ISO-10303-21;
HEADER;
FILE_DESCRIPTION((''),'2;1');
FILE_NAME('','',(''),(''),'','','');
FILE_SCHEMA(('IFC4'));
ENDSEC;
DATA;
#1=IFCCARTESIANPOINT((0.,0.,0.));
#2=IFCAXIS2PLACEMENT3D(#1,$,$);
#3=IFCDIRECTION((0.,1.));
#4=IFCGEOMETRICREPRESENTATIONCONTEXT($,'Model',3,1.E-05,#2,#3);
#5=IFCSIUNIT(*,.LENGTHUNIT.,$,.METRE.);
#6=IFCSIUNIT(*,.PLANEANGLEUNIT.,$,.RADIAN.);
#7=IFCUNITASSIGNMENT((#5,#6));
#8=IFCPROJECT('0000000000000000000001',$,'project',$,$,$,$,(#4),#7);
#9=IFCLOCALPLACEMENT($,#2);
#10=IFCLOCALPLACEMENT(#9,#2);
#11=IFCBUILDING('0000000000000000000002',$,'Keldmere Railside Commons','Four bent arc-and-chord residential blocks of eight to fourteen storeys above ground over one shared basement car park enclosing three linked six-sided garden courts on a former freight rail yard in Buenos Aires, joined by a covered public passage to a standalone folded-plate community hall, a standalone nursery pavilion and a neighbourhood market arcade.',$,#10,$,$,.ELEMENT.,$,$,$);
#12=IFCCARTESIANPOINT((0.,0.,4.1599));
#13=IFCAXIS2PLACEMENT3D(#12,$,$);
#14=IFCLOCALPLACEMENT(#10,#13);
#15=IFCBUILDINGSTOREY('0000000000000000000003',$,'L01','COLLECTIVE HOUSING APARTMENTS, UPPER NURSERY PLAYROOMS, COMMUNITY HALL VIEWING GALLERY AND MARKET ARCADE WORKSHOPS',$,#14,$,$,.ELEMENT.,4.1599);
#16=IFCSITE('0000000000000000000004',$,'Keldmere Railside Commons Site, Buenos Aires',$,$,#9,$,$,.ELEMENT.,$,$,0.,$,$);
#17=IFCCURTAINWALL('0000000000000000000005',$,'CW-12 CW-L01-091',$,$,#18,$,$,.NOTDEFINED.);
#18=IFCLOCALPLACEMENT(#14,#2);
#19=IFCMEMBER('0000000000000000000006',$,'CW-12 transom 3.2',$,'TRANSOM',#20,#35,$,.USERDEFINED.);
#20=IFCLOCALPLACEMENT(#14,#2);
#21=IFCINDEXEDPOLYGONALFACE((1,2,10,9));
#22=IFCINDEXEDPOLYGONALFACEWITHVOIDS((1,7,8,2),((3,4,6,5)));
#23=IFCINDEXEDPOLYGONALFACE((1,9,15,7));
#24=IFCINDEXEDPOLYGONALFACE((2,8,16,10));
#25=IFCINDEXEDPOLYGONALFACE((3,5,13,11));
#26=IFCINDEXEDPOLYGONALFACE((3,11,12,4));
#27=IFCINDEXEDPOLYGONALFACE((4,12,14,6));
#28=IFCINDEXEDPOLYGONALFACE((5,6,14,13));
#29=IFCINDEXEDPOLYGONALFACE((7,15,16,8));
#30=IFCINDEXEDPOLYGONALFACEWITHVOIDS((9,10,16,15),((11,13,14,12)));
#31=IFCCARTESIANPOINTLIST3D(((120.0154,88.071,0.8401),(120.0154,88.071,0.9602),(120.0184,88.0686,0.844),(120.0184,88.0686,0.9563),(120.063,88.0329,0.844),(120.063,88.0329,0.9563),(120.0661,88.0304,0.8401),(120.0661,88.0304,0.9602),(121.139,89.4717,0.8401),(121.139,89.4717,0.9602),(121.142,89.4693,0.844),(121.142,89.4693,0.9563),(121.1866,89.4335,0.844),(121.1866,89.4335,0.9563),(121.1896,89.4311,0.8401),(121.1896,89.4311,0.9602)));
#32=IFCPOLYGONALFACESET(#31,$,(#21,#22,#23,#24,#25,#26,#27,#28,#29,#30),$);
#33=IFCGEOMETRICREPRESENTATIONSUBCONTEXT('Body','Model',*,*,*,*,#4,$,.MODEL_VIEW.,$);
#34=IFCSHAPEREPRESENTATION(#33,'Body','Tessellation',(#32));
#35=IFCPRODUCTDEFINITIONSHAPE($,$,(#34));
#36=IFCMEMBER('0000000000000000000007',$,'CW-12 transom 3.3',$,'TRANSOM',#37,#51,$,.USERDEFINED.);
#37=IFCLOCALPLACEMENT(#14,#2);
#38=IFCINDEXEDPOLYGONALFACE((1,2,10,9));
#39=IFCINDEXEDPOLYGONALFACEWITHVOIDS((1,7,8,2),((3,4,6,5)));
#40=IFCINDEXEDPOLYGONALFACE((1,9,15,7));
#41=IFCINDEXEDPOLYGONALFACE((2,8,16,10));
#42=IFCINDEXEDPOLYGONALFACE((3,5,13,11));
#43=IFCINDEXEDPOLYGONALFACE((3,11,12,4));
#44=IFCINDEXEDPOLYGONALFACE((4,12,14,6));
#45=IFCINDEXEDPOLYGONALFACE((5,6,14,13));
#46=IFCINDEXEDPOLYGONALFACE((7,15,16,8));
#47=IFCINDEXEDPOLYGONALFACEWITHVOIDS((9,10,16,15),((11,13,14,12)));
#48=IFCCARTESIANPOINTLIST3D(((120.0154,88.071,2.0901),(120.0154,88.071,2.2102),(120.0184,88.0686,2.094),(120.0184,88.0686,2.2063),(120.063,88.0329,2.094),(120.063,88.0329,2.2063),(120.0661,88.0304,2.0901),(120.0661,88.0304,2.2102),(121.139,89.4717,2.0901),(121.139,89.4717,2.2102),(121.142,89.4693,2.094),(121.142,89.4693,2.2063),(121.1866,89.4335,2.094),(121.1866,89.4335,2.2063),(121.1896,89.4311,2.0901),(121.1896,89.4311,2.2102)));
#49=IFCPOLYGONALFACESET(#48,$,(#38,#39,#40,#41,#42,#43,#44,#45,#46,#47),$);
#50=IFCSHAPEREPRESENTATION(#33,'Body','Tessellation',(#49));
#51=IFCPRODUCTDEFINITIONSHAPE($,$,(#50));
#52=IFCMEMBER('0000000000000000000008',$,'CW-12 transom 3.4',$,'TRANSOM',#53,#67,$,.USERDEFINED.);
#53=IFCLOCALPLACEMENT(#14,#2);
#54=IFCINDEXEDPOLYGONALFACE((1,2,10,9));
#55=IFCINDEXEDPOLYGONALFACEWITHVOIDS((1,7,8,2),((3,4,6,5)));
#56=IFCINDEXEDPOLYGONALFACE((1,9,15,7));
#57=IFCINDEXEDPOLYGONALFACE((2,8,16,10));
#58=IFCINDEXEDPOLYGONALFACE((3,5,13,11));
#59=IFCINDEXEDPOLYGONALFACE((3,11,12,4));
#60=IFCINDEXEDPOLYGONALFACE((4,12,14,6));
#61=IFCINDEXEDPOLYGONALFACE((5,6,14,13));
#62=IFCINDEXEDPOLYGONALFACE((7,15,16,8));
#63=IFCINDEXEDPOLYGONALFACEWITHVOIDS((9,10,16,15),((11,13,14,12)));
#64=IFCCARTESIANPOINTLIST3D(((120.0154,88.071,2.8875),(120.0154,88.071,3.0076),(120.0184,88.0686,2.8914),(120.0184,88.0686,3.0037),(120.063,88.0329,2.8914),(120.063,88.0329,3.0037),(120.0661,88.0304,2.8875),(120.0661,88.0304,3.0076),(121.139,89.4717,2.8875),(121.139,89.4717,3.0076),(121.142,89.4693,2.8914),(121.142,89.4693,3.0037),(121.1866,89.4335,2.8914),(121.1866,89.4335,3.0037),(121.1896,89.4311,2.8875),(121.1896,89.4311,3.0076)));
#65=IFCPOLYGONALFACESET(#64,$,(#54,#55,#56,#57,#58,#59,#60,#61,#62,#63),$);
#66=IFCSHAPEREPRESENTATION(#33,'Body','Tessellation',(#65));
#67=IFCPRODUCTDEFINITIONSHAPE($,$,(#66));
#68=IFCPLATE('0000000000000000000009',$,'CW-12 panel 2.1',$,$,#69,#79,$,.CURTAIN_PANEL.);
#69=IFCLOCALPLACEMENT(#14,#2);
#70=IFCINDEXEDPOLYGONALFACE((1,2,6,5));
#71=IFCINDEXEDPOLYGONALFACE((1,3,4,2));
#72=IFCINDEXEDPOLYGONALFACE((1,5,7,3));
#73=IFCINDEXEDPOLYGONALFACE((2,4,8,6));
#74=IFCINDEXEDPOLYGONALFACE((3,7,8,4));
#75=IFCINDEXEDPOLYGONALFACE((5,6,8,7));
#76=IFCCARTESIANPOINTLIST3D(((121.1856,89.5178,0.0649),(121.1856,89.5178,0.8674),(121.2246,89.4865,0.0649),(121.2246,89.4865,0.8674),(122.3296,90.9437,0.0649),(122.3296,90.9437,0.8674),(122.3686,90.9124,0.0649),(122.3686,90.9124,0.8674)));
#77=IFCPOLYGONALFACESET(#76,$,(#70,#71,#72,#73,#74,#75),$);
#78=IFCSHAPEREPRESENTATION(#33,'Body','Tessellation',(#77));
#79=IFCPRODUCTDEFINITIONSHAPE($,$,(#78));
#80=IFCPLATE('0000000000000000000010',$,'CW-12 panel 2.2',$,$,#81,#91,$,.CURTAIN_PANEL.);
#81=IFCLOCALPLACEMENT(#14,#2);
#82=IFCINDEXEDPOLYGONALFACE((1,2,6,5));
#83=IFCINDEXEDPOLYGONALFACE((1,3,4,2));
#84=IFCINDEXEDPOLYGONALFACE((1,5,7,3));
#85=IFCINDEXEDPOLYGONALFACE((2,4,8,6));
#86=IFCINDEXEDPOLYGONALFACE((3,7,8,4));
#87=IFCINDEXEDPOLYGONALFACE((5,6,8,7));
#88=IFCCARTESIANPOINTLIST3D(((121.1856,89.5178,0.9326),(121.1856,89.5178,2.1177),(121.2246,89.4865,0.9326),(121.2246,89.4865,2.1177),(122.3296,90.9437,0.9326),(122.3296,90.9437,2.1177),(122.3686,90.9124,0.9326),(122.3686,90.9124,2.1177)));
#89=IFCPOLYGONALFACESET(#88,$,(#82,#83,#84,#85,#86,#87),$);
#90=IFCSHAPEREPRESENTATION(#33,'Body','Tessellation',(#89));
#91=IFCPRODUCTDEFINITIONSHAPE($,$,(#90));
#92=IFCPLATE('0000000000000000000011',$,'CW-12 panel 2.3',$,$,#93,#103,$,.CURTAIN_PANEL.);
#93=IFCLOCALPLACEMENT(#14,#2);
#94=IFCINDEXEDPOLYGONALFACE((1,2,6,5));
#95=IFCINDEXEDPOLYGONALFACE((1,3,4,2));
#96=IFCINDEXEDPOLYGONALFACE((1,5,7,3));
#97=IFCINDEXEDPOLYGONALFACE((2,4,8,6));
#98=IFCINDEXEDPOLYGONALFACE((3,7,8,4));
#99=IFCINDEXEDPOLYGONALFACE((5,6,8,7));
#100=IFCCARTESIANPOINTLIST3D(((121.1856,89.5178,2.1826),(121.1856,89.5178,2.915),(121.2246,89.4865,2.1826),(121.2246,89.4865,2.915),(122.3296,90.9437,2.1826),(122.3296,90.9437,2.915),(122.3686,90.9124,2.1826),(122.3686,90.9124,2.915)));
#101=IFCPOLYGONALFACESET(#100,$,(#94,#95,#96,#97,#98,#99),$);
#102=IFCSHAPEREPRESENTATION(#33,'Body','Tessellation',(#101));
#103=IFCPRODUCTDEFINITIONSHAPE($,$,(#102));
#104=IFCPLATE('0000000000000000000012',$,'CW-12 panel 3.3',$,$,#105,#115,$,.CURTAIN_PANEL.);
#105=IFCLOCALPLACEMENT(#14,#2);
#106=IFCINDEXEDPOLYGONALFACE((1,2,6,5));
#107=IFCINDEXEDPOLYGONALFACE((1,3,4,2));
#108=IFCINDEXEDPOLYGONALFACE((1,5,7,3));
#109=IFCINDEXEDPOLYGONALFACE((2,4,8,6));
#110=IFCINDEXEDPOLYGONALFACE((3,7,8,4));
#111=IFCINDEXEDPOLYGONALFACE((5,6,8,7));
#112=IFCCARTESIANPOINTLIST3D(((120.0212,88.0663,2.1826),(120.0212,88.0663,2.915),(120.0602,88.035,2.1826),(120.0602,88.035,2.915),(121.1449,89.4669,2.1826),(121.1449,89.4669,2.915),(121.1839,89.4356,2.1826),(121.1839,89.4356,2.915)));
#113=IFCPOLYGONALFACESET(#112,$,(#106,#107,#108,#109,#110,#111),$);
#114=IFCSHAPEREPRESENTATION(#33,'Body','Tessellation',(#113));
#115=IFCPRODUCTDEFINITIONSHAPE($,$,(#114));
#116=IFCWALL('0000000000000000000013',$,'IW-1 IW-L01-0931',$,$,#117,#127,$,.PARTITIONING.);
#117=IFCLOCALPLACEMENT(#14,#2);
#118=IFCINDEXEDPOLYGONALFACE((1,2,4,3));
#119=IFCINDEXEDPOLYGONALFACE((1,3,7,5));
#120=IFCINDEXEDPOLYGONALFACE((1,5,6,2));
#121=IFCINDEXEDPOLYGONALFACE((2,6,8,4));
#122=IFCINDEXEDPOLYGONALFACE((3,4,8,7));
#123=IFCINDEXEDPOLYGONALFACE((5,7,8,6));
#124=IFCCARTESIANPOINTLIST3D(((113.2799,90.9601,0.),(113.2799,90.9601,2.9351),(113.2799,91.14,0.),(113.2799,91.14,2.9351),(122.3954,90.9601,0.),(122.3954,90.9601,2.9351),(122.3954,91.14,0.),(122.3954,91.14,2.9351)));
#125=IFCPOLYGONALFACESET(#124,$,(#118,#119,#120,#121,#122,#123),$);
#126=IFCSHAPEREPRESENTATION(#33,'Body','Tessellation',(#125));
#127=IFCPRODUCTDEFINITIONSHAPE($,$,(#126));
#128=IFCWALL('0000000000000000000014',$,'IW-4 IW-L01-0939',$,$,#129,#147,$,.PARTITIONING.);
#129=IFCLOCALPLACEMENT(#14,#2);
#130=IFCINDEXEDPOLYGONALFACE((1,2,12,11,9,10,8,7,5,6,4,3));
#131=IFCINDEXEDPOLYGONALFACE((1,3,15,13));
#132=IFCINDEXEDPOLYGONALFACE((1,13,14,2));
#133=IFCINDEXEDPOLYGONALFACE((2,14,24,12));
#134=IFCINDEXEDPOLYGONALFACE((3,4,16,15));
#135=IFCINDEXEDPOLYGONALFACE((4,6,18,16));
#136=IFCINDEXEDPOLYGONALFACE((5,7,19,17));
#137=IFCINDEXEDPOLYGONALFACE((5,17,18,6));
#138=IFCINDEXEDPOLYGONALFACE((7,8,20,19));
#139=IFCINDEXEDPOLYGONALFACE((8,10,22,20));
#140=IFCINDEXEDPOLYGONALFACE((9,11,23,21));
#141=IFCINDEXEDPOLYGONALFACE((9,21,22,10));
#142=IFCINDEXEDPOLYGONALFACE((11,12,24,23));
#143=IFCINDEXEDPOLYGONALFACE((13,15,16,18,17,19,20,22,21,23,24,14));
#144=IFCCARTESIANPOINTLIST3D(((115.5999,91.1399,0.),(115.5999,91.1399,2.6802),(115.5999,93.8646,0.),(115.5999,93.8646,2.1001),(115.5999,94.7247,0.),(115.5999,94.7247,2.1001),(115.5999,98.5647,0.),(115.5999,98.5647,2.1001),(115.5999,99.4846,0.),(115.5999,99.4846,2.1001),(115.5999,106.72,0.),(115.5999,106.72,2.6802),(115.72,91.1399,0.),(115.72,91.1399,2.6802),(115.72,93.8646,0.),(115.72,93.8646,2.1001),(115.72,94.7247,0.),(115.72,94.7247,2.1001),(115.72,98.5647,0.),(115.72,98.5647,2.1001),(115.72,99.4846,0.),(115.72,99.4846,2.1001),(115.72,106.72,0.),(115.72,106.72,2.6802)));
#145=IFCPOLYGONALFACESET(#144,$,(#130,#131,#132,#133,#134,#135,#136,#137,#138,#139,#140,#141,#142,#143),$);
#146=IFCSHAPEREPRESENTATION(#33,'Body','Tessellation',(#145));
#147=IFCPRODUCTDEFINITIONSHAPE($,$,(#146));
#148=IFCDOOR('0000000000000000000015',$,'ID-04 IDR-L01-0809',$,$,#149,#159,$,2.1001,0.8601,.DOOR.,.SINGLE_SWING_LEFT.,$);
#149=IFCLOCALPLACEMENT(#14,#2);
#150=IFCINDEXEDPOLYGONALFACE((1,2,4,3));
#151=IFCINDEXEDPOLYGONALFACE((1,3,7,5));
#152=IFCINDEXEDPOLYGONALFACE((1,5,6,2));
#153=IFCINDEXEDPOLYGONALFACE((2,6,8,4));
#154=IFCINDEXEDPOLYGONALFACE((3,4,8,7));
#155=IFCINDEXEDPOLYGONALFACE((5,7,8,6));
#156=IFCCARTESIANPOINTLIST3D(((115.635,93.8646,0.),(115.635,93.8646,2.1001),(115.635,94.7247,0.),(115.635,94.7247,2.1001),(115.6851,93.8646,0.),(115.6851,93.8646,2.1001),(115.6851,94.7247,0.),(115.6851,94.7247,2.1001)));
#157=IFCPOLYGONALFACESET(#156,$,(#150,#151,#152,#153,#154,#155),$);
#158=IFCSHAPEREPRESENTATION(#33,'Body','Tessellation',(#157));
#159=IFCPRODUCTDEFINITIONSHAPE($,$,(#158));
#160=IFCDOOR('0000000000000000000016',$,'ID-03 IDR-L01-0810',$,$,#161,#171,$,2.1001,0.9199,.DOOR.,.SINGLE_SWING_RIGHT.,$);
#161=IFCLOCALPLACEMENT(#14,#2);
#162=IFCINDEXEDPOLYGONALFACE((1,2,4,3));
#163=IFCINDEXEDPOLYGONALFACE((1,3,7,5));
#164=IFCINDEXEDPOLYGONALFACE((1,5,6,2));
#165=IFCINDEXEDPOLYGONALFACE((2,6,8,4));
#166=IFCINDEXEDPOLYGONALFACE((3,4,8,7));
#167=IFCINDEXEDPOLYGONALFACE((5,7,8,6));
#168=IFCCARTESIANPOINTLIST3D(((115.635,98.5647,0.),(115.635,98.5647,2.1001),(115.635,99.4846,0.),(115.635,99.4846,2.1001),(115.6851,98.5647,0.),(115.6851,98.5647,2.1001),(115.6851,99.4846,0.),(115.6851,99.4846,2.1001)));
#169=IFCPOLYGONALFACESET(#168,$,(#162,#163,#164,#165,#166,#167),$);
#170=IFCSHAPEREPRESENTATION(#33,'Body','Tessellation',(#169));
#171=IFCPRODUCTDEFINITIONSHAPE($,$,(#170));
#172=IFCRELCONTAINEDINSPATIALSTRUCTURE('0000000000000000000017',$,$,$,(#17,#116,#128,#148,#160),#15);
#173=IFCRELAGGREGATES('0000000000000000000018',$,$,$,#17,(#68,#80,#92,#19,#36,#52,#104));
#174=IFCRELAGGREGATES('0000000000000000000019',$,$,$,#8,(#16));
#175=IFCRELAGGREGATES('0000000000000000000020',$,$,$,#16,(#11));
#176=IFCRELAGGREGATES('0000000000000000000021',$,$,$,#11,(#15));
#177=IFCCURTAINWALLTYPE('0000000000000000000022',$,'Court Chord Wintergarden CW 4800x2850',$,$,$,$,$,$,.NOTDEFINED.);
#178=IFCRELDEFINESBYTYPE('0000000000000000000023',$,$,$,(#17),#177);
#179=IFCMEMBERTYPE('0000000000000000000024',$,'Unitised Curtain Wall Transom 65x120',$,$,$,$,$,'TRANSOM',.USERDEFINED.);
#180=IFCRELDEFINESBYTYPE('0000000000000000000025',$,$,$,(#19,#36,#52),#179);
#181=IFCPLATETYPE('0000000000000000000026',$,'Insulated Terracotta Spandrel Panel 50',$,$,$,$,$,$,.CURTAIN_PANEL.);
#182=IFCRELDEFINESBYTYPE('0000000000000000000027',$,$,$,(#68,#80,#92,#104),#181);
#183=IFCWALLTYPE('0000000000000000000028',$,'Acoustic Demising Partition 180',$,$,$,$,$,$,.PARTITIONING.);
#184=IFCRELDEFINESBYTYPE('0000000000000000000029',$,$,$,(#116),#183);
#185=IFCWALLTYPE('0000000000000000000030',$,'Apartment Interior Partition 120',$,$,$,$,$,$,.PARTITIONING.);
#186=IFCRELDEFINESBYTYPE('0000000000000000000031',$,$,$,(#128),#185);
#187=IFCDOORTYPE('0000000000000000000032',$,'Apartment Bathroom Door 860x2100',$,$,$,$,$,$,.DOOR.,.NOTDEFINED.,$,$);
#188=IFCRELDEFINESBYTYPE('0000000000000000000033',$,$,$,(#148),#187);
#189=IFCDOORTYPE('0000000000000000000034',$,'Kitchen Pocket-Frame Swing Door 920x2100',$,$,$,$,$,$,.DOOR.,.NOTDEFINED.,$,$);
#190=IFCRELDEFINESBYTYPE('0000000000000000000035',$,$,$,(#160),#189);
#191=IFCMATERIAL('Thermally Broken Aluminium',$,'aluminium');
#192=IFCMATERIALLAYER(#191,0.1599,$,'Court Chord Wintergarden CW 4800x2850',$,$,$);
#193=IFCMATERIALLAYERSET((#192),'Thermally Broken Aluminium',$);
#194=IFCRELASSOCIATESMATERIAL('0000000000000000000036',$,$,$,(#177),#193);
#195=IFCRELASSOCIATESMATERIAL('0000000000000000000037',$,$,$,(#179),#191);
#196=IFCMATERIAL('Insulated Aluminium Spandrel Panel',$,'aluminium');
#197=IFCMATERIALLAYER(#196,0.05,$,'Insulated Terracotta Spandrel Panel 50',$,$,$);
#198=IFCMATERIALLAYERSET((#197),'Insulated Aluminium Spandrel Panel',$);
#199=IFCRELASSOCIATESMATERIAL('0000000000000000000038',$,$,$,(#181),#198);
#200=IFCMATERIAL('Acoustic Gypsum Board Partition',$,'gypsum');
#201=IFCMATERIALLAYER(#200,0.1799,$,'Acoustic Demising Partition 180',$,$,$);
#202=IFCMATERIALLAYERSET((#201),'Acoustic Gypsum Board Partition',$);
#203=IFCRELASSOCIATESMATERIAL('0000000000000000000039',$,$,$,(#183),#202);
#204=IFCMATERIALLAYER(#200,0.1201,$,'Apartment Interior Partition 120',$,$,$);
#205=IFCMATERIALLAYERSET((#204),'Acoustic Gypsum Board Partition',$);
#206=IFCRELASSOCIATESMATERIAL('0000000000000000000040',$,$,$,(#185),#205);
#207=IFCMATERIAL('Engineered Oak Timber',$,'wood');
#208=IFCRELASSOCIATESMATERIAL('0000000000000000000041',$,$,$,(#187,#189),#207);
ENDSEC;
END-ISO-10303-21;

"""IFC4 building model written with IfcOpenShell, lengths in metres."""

from ifc_helpers import new_model, si_unit, direction, frame, frame_2d, origin, origin_2d, place, context, subcontext, project, spatial, rectangle, hollow_rectangle, extrude, material, layer, layer_set, material_profile, profile_set, type_object, element, fill, aggregate, save


model = new_model("IFC4")

# Units and contexts
model_context = context("Model", 3, precision=1e-05, world=origin(), true_north=direction((0.0, 1.0)))
body_context = subcontext(model_context, "Body", "Model", "MODEL_VIEW")
ifc_project = project(units=[si_unit("LENGTHUNIT", "METRE"), si_unit("PLANEANGLEUNIT", "RADIAN")], contexts=[model_context])

# Site, building, storey
site_placement = place(None, origin())
site = spatial("IfcSite", under=ifc_project, at=site_placement, Name="Keldmere Railside Commons Site, Buenos Aires", CompositionType="ELEMENT", RefElevation=0.0)
building_placement = place(site_placement, origin())
building = spatial("IfcBuilding", under=site, at=building_placement, Name="Keldmere Railside Commons", Description="Four bent arc-and-chord residential blocks of eight to fourteen storeys above ground over one shared basement car park enclosing three linked six-sided garden courts on a former freight rail yard in Buenos Aires, joined by a covered public passage to a standalone folded-plate community hall, a standalone nursery pavilion and a neighbourhood market arcade.", CompositionType="ELEMENT")
storey_placement = place(building_placement, frame((0.0, 0.0, 4.1599)))
storey = spatial("IfcBuildingStorey", under=building, at=storey_placement, Name="L01", Description="COLLECTIVE HOUSING APARTMENTS, UPPER NURSERY PLAYROOMS, COMMUNITY HALL VIEWING GALLERY AND MARKET ARCADE WORKSHOPS", CompositionType="ELEMENT", Elevation=4.1599)

# Curtain wall, members, plates
ifc_material_1 = material(Name="Thermally Broken Aluminium", Category="aluminium")
ifc_layer_1 = layer(ifc_material_1, 0.1599, Name="Court Chord Wintergarden CW 4800x2850")
ifc_layer_set_1 = layer_set([ifc_layer_1], Name="Thermally Broken Aluminium")
curtain_wall_type = type_object("IfcCurtainWallType", Name="Court Chord Wintergarden CW 4800x2850", PredefinedType="NOTDEFINED", material=ifc_layer_set_1)
curtain_wall_placement = place(storey_placement, origin())
curtain_wall = element("IfcCurtainWall", 1, at=curtain_wall_placement, inside=storey, type_object=curtain_wall_type, Name="CW-12 CW-L01-091", PredefinedType="NOTDEFINED")
ifc_material_profile_1 = material_profile(ifc_material_1, hollow_rectangle(XDim=0.0649, YDim=0.1201, WallThickness=0.0039, at=origin_2d()), Name="ALU-TRAN-65x120")
ifc_profile_set_1 = profile_set([ifc_material_profile_1], Name="Thermally Broken Aluminium")
member_type_1 = type_object("IfcMemberType", Name="Unitised Curtain Wall Transom 65x120", ElementType="TRANSOM", PredefinedType="USERDEFINED", material=ifc_profile_set_1)
member_1_placement = place(storey_placement, frame((121.1643, 89.4514, 0.9001), z_axis=(-0.625723, -0.780046, 0.0), x_axis=(0.780046, -0.625723, 0.0)))
member_1 = element("IfcMember", 2, at=member_1_placement, type_object=member_type_1, Name="CW-12 transom 3.2", ObjectType="TRANSOM", PredefinedType="USERDEFINED", context=body_context, shape_type="SweptSolid", body=[
    extrude(hollow_rectangle(XDim=0.0649, YDim=0.1201, WallThickness=0.0039, at=origin_2d()), origin(), (0.0, 0.0, 1.0), 1.7957),
])
member_2_placement = place(storey_placement, frame((121.1643, 89.4514, 2.1501), z_axis=(-0.625723, -0.780046, 0.0), x_axis=(0.780046, -0.625723, 0.0)))
member_2 = element("IfcMember", 3, at=member_2_placement, type_object=member_type_1, Name="CW-12 transom 3.3", ObjectType="TRANSOM", PredefinedType="USERDEFINED", context=body_context, shape_type="SweptSolid", body=[
    extrude(hollow_rectangle(XDim=0.0649, YDim=0.1201, WallThickness=0.0039, at=origin_2d()), origin(), (0.0, 0.0, 1.0), 1.7957),
])
member_3_placement = place(storey_placement, frame((121.1643, 89.4514, 2.9475), z_axis=(-0.625723, -0.780046, 0.0), x_axis=(0.780046, -0.625723, 0.0)))
member_3 = element("IfcMember", 4, at=member_3_placement, type_object=member_type_1, Name="CW-12 transom 3.4", ObjectType="TRANSOM", PredefinedType="USERDEFINED", context=body_context, shape_type="SweptSolid", body=[
    extrude(hollow_rectangle(XDim=0.0649, YDim=0.1201, WallThickness=0.0039, at=origin_2d()), origin(), (0.0, 0.0, 1.0), 1.7957),
])
ifc_material_2 = material(Name="Insulated Aluminium Spandrel Panel", Category="aluminium")
ifc_layer_2 = layer(ifc_material_2, 0.05, Name="Insulated Terracotta Spandrel Panel 50")
ifc_layer_set_2 = layer_set([ifc_layer_2], Name="Insulated Aluminium Spandrel Panel")
plate_type = type_object("IfcPlateType", Name="Insulated Terracotta Spandrel Panel 50", PredefinedType="CURTAIN_PANEL", material=ifc_layer_set_2)
plate_1_placement = place(storey_placement, frame((121.7771, 90.2151, 0.0649), z_axis=(0.0, 0.0, 1.0), x_axis=(-0.625768, -0.780009, 0.0)))
plate_1 = element("IfcPlate", 5, at=plate_1_placement, type_object=plate_type, Name="CW-12 panel 2.1", PredefinedType="CURTAIN_PANEL", context=body_context, shape_type="SweptSolid", body=[
    extrude(rectangle(XDim=1.8281, YDim=0.05, at=origin_2d()), origin(), (0.0, 0.0, 1.0), 0.8025),
])
plate_2_placement = place(storey_placement, frame((121.7771, 90.2151, 0.9326), z_axis=(0.0, 0.0, 1.0), x_axis=(-0.625768, -0.780009, 0.0)))
plate_2 = element("IfcPlate", 6, at=plate_2_placement, type_object=plate_type, Name="CW-12 panel 2.2", PredefinedType="CURTAIN_PANEL", context=body_context, shape_type="SweptSolid", body=[
    extrude(rectangle(XDim=1.8281, YDim=0.05, at=origin_2d()), origin(), (0.0, 0.0, 1.0), 1.1851),
])
plate_3_placement = place(storey_placement, frame((121.7771, 90.2151, 2.1826), z_axis=(0.0, 0.0, 1.0), x_axis=(-0.625768, -0.780009, 0.0)))
plate_3 = element("IfcPlate", 7, at=plate_3_placement, type_object=plate_type, Name="CW-12 panel 2.3", PredefinedType="CURTAIN_PANEL", context=body_context, shape_type="SweptSolid", body=[
    extrude(rectangle(XDim=1.8281, YDim=0.05, at=origin_2d()), origin(), (0.0, 0.0, 1.0), 0.7324),
])
plate_4_placement = place(storey_placement, frame((120.6025, 88.751, 2.1826), z_axis=(0.0, 0.0, 1.0), x_axis=(-0.625768, -0.780009, 0.0)))
plate_4 = element("IfcPlate", 8, at=plate_4_placement, type_object=plate_type, Name="CW-12 panel 3.3", PredefinedType="CURTAIN_PANEL", context=body_context, shape_type="SweptSolid", body=[
    extrude(rectangle(XDim=1.7957, YDim=0.05, at=origin_2d()), origin(), (0.0, 0.0, 1.0), 0.7324),
])
aggregate(curtain_wall, [plate_1, plate_2, plate_3, member_1, member_2, member_3, plate_4])

# Wall
ifc_material_3 = material(Name="Acoustic Gypsum Board Partition", Category="gypsum")
ifc_layer_3 = layer(ifc_material_3, 0.1799, Name="Acoustic Demising Partition 180")
ifc_layer_set_3 = layer_set([ifc_layer_3], Name="Acoustic Gypsum Board Partition")
wall_type_1 = type_object("IfcWallType", Name="Acoustic Demising Partition 180", PredefinedType="PARTITIONING", material=ifc_layer_set_3)
wall_1_placement = place(storey_placement, frame((113.28, 91.05, 0.0), z_axis=(0.0, 0.0, 1.0), x_axis=(1.0, 0.0, 0.0)))
element("IfcWall", 9, at=wall_1_placement, inside=storey, type_object=wall_type_1, Name="IW-1 IW-L01-0931", PredefinedType="PARTITIONING", context=body_context, shape_type="SweptSolid", body=[
    extrude(rectangle(XDim=9.1155, YDim=0.1799, at=frame_2d((4.5576, 0.0))), origin(), (0.0, 0.0, 1.0), 2.9351),
])

# Wall, openings, doors
ifc_layer_4 = layer(ifc_material_3, 0.1201, Name="Apartment Interior Partition 120")
ifc_layer_set_4 = layer_set([ifc_layer_4], Name="Acoustic Gypsum Board Partition")
wall_type_2 = type_object("IfcWallType", Name="Apartment Interior Partition 120", PredefinedType="PARTITIONING", material=ifc_layer_set_4)
wall_2_placement = place(storey_placement, frame((115.6599, 91.1399, 0.0), z_axis=(0.0, 0.0, 1.0), x_axis=(0.0, 1.0, 0.0)))
wall_2 = element("IfcWall", 10, at=wall_2_placement, inside=storey, type_object=wall_type_2, Name="IW-4 IW-L01-0939", PredefinedType="PARTITIONING", context=body_context, shape_type="SweptSolid", body=[
    extrude(rectangle(XDim=15.5801, YDim=0.1201, at=frame_2d((7.79, 0.0))), origin(), (0.0, 0.0, 1.0), 2.6802),
])
opening_1_placement = place(wall_2_placement, frame((2.7246, 0.0, 0.0)))
opening_1 = element("IfcOpeningElement", 11, at=opening_1_placement, cuts=wall_2, PredefinedType="OPENING", context=body_context, shape_type="SweptSolid", body=[
    extrude(rectangle(XDim=0.8601, YDim=2.1001, at=frame_2d((0.4302, 1.05))), frame((0.0, 0.0701, 0.0), z_axis=(0.0, -1.0, 0.0), x_axis=(1.0, 0.0, 0.0)), (0.0, 0.0, 1.0), 0.1401),
])
opening_2_placement = place(wall_2_placement, frame((7.4248, 0.0, 0.0)))
opening_2 = element("IfcOpeningElement", 12, at=opening_2_placement, cuts=wall_2, PredefinedType="OPENING", context=body_context, shape_type="SweptSolid", body=[
    extrude(rectangle(XDim=0.9199, YDim=2.1001, at=frame_2d((0.46, 1.05))), frame((0.0, 0.0701, 0.0), z_axis=(0.0, -1.0, 0.0), x_axis=(1.0, 0.0, 0.0)), (0.0, 0.0, 1.0), 0.1401),
])
ifc_material_4 = material(Name="Engineered Oak Timber", Category="wood")
door_type_1 = type_object("IfcDoorType", Name="Apartment Bathroom Door 860x2100", OperationType="NOTDEFINED", PredefinedType="DOOR", material=ifc_material_4)
door_1_placement = place(opening_1_placement, origin())
door_1 = element("IfcDoor", 13, at=door_1_placement, inside=storey, type_object=door_type_1, Name="ID-04 IDR-L01-0809", OperationType="SINGLE_SWING_LEFT", OverallHeight=2.1001, OverallWidth=0.8601, PredefinedType="DOOR", context=body_context, shape_type="SweptSolid", body=[
    extrude(rectangle(XDim=0.8601, YDim=2.1001, at=frame_2d((0.4302, 1.05))), frame((0.0, 0.0249, 0.0), z_axis=(0.0, -1.0, 0.0), x_axis=(1.0, 0.0, 0.0)), (0.0, 0.0, 1.0), 0.05),
])
fill(opening_1, door_1)
door_type_2 = type_object("IfcDoorType", Name="Kitchen Pocket-Frame Swing Door 920x2100", OperationType="NOTDEFINED", PredefinedType="DOOR", material=ifc_material_4)
door_2_placement = place(opening_2_placement, origin())
door_2 = element("IfcDoor", 14, at=door_2_placement, inside=storey, type_object=door_type_2, Name="ID-03 IDR-L01-0810", OperationType="SINGLE_SWING_RIGHT", OverallHeight=2.1001, OverallWidth=0.9199, PredefinedType="DOOR", context=body_context, shape_type="SweptSolid", body=[
    extrude(rectangle(XDim=0.9199, YDim=2.1001, at=frame_2d((0.46, 1.05))), frame((0.0, 0.0249, 0.0), z_axis=(0.0, -1.0, 0.0), x_axis=(1.0, 0.0, 0.0)), (0.0, 0.0, 1.0), 0.05),
])
fill(opening_2, door_2)

save(model, "model.ifc")
